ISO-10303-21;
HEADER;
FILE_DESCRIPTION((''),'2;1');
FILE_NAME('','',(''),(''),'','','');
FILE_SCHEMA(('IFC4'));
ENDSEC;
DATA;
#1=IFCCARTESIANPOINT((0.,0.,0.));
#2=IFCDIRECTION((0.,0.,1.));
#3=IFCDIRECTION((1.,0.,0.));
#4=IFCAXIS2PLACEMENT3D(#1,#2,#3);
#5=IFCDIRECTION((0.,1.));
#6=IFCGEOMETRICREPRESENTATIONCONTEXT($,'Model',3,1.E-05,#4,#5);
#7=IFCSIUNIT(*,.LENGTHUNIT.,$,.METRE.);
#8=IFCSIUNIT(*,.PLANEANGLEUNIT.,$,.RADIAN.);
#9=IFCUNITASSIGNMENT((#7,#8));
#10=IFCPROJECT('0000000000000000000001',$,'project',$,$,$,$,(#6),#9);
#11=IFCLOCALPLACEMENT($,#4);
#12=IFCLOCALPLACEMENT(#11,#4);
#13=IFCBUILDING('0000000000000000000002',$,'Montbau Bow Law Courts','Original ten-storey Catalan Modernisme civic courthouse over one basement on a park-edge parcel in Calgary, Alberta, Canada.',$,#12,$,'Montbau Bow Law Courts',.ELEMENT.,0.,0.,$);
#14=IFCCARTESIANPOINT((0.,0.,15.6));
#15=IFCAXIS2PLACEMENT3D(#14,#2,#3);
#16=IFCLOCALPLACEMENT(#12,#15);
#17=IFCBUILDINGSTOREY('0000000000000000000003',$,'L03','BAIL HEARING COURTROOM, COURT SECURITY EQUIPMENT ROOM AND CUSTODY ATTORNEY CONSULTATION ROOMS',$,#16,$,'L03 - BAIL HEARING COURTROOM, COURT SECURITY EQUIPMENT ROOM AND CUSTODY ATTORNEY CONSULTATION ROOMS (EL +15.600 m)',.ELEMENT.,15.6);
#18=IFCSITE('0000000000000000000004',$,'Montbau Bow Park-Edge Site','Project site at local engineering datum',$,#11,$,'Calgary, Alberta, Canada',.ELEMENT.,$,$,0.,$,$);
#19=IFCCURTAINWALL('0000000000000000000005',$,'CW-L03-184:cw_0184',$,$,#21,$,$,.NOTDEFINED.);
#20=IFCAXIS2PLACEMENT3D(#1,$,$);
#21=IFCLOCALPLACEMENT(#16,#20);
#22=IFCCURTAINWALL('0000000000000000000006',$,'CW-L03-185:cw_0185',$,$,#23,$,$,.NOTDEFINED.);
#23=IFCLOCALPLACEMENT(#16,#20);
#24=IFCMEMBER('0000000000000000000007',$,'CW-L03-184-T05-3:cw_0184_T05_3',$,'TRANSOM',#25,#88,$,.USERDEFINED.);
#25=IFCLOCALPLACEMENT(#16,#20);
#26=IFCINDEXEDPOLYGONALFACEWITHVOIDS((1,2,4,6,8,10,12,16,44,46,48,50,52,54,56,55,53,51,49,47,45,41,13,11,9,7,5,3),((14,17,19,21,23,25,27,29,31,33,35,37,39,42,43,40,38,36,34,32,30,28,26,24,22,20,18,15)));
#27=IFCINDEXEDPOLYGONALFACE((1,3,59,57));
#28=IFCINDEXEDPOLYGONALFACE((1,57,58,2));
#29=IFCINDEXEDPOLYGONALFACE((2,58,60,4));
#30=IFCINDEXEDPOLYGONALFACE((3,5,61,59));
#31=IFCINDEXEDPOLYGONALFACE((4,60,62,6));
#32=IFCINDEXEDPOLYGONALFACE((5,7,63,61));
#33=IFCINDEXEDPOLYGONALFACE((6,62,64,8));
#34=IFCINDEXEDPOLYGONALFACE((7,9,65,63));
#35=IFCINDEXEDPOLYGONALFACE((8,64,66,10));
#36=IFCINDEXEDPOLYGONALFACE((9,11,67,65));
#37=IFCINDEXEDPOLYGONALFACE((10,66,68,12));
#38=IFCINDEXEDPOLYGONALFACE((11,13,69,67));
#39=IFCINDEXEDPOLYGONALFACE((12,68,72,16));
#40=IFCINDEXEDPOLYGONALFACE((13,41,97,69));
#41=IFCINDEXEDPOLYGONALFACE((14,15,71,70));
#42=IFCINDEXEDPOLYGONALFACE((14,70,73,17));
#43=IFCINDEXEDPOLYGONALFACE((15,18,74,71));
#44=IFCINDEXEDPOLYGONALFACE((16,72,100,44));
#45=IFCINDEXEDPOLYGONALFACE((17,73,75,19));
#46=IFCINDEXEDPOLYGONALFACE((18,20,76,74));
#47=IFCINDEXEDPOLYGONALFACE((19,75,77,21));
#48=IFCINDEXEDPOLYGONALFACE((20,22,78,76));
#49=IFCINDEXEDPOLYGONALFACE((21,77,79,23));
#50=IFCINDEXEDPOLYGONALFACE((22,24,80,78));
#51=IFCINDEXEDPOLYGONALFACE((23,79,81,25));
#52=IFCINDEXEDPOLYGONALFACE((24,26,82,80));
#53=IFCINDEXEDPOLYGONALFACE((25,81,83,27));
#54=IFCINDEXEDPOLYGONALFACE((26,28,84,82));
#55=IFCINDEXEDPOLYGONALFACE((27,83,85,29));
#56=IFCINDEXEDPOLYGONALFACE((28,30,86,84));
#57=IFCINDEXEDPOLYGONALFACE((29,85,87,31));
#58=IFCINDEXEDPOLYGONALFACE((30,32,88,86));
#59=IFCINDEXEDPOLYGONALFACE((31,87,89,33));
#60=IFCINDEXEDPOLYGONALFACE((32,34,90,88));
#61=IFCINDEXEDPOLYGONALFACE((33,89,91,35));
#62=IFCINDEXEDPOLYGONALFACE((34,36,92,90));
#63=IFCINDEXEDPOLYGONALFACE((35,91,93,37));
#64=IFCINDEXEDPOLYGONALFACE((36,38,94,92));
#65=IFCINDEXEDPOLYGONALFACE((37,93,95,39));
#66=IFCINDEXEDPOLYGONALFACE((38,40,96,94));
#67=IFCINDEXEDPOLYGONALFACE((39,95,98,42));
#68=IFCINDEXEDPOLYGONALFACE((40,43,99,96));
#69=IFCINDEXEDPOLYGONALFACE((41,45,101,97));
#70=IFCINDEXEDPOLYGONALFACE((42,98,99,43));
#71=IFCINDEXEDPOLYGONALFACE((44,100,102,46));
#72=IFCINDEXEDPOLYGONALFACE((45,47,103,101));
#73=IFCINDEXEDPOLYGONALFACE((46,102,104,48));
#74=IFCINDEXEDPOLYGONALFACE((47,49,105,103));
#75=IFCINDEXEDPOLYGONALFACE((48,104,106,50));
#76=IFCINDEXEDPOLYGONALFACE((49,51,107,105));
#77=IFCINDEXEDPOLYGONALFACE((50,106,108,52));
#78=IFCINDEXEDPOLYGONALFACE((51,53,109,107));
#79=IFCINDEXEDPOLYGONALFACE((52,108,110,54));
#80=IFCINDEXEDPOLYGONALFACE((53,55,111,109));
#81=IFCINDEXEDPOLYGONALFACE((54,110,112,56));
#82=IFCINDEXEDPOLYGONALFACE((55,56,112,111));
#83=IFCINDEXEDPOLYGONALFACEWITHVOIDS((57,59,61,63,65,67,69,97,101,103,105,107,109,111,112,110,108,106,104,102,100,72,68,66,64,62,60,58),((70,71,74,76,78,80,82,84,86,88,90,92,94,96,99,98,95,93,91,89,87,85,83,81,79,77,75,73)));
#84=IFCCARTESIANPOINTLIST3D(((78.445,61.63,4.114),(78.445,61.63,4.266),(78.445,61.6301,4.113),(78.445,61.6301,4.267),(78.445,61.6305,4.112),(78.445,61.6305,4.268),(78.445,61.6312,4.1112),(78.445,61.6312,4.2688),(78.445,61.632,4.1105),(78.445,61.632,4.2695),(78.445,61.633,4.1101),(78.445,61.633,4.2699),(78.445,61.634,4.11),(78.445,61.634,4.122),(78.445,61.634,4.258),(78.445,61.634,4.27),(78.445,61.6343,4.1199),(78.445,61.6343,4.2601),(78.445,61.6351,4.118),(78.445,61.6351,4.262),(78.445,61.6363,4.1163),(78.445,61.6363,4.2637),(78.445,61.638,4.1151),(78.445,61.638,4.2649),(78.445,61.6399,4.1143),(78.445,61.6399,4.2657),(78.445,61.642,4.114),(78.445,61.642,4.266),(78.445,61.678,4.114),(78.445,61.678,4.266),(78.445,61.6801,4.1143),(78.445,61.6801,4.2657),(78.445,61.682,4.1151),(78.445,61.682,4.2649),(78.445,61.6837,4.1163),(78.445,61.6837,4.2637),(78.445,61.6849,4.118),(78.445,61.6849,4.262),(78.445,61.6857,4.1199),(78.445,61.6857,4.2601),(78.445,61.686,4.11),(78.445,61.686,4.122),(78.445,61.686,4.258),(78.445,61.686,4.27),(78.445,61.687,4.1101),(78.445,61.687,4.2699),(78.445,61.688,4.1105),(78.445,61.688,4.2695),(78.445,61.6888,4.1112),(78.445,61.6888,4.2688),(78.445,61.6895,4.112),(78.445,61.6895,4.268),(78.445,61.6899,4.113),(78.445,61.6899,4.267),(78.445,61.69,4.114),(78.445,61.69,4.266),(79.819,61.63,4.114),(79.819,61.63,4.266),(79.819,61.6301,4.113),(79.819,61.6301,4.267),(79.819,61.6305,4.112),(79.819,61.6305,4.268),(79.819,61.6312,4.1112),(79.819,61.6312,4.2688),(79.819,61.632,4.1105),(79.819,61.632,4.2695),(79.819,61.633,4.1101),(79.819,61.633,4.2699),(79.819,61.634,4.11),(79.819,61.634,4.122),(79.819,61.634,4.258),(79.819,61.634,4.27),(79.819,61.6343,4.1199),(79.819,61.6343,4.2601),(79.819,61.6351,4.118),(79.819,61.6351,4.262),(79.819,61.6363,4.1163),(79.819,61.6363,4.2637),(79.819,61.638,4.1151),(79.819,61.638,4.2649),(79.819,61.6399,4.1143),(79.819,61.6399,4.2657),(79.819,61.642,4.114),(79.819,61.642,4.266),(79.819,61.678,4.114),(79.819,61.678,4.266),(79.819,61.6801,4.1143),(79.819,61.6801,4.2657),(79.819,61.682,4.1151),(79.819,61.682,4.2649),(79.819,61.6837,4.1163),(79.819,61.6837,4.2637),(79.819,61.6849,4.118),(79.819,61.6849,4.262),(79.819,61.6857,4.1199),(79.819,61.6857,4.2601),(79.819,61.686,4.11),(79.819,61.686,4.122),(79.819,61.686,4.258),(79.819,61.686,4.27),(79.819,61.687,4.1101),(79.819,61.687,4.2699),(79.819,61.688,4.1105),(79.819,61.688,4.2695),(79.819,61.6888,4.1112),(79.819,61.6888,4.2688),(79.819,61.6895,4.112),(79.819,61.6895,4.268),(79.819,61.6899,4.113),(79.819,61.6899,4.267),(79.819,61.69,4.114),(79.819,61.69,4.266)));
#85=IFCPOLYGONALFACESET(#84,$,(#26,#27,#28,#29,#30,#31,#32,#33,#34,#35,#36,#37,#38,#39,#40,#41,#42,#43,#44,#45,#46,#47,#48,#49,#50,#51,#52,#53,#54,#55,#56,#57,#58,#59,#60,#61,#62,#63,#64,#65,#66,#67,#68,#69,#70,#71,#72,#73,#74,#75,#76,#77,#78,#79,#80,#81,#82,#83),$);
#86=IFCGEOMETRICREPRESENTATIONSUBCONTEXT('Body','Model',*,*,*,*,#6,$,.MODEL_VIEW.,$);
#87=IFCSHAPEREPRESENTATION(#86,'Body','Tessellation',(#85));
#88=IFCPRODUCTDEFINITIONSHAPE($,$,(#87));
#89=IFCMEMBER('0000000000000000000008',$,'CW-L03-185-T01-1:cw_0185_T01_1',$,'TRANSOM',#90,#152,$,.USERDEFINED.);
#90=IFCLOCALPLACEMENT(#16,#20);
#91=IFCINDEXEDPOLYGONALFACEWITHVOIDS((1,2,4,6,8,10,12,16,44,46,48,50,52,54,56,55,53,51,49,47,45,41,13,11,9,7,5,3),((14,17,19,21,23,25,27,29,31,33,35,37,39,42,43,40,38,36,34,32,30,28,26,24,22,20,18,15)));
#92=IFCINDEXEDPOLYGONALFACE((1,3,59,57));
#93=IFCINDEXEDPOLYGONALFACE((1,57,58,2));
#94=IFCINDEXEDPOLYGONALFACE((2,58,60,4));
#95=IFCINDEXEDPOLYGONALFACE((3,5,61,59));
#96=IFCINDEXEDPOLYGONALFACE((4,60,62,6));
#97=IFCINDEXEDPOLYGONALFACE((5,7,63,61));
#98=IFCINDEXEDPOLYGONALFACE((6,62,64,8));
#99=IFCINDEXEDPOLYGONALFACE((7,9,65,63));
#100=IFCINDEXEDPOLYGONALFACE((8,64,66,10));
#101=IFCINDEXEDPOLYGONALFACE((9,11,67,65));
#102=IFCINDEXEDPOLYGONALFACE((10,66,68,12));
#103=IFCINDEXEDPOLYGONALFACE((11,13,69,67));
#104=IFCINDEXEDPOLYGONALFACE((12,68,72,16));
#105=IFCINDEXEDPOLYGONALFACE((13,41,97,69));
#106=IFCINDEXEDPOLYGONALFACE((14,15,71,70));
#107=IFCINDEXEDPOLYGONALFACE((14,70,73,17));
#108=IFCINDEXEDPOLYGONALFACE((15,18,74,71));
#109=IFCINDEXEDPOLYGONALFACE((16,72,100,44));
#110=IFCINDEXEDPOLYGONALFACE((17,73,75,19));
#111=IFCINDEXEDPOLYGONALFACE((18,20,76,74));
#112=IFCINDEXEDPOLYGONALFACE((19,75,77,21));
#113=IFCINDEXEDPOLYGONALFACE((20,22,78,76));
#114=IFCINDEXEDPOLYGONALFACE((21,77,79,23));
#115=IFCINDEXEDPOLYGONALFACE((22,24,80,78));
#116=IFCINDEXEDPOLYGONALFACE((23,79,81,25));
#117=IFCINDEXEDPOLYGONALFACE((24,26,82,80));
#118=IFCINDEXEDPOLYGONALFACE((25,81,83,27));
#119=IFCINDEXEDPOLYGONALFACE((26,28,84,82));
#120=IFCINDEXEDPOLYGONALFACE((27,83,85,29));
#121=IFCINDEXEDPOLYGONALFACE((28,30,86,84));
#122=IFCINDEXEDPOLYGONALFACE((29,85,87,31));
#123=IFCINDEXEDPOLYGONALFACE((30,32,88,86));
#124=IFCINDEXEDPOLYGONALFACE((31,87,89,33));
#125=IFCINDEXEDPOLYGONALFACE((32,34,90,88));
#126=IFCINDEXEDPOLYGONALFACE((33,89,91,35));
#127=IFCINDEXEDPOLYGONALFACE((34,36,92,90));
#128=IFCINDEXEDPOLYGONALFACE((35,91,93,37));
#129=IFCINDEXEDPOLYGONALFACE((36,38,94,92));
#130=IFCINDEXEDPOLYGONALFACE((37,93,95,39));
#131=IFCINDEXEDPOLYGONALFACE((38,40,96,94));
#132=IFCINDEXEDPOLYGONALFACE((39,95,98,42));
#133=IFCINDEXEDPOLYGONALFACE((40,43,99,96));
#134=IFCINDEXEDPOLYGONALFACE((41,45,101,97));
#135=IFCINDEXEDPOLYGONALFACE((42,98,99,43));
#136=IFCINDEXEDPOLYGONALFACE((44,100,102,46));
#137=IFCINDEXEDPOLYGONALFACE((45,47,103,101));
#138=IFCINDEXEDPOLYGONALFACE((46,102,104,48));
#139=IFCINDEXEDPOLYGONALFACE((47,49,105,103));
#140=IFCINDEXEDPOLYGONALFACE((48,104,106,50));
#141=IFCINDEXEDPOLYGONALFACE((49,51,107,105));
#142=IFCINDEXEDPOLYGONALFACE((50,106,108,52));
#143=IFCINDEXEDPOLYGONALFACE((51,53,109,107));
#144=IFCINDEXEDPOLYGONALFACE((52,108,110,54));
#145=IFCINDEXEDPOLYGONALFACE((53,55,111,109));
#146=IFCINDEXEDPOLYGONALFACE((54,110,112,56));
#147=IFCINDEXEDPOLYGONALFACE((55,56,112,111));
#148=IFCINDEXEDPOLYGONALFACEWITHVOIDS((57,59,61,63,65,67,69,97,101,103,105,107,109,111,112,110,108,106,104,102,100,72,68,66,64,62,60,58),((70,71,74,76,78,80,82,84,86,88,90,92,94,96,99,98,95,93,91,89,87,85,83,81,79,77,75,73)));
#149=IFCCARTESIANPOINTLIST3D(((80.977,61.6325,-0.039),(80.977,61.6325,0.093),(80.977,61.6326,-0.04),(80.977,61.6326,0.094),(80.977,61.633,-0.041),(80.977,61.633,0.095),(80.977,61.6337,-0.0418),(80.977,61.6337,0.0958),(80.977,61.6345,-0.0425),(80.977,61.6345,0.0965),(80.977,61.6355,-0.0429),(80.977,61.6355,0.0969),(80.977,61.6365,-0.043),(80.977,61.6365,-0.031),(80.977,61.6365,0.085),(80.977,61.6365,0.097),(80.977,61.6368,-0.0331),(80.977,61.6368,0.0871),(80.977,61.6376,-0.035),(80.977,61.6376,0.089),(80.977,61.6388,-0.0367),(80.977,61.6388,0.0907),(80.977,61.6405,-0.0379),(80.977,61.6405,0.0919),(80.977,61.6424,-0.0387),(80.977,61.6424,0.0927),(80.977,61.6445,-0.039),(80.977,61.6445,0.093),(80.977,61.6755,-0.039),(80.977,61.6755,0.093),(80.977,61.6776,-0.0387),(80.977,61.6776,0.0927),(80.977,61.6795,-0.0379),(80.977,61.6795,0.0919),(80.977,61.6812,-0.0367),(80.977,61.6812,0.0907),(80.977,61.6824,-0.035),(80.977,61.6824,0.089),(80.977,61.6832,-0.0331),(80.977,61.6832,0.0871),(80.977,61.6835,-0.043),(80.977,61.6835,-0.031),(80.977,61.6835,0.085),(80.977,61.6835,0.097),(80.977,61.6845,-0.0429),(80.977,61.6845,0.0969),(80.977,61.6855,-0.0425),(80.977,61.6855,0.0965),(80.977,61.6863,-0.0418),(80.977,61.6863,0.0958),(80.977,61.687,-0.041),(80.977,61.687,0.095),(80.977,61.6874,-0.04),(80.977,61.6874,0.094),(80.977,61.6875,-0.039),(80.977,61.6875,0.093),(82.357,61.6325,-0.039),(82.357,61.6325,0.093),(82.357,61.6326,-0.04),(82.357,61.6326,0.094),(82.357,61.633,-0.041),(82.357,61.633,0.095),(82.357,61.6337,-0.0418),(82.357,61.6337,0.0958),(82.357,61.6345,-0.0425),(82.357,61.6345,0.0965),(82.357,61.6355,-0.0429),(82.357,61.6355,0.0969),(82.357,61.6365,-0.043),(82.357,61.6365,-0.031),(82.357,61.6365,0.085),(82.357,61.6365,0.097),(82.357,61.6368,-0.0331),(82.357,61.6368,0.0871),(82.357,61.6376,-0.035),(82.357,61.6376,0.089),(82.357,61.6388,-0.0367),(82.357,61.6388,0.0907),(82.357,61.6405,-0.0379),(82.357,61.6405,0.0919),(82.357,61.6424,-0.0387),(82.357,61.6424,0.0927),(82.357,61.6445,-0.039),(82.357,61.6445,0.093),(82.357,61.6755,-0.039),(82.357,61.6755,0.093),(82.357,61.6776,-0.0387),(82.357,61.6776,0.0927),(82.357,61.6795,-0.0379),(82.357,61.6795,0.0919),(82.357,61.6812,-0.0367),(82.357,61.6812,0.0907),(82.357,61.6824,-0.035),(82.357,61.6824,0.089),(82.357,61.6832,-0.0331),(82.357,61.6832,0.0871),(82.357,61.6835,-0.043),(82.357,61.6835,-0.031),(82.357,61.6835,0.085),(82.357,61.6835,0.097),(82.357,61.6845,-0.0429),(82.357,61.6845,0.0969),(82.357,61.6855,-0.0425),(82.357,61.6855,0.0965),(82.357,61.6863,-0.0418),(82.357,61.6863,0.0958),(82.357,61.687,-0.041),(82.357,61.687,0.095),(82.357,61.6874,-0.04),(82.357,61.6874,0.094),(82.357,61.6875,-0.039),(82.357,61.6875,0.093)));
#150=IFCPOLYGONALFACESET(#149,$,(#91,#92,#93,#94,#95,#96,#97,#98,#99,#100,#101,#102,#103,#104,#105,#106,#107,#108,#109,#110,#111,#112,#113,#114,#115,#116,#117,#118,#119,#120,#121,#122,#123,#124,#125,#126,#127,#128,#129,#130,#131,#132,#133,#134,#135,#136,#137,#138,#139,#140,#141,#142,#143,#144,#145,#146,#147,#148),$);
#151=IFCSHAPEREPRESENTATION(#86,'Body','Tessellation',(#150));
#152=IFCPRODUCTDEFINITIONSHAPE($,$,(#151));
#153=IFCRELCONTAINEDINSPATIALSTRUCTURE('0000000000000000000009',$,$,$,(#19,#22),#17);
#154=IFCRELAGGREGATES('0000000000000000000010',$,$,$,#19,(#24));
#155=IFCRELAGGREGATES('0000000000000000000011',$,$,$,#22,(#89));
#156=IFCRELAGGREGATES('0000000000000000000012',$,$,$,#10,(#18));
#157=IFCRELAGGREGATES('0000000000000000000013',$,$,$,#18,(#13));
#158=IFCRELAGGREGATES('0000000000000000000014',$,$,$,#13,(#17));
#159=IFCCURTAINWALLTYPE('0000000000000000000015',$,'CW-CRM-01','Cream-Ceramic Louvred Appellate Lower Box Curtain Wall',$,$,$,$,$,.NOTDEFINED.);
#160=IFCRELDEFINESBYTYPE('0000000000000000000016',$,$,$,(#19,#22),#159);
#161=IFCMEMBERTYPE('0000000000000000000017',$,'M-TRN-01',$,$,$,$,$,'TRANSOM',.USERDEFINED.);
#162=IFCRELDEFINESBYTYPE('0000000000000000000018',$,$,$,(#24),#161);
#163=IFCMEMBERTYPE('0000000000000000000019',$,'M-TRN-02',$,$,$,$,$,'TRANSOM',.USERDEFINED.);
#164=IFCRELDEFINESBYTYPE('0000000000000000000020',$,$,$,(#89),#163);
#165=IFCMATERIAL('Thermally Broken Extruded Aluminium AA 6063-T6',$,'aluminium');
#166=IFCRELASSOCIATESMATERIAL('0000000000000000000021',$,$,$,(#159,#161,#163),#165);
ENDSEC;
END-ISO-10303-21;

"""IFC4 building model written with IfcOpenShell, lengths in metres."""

from ifc_helpers import new_model, si_unit, direction, frame, origin_with_axes, origin_2d_with_axis, place, context, subcontext, project, spatial, hollow_rectangle, extrude, material, material_profile, profile_set, type_object, element, aggregate, save


model = new_model("IFC4")

# Units and contexts
model_context = context("Model", 3, precision=1e-05, world=origin_with_axes(), true_north=direction((0.0, 1.0)))
body_context = subcontext(model_context, "Body", "Model", "MODEL_VIEW")
ifc_project = project(units=[si_unit("LENGTHUNIT", "METRE"), si_unit("PLANEANGLEUNIT", "RADIAN")], contexts=[model_context])

# Site, building, storey
site_placement = place(None, origin_with_axes())
site = spatial("IfcSite", under=ifc_project, at=site_placement, Name="Montbau Bow Park-Edge Site", Description="Project site at local engineering datum", LongName="Calgary, Alberta, Canada", CompositionType="ELEMENT", RefElevation=0.0)
building_placement = place(site_placement, origin_with_axes())
building = spatial("IfcBuilding", under=site, at=building_placement, Name="Montbau Bow Law Courts", Description="Original ten-storey Catalan Modernisme civic courthouse over one basement on a park-edge parcel in Calgary, Alberta, Canada.", LongName="Montbau Bow Law Courts", CompositionType="ELEMENT", ElevationOfRefHeight=0.0, ElevationOfTerrain=0.0)
storey_placement = place(building_placement, frame((0.0, 0.0, 15.6), z_axis=(0.0, 0.0, 1.0), x_axis=(1.0, 0.0, 0.0)))
storey = spatial("IfcBuildingStorey", under=building, at=storey_placement, Name="L03", Description="BAIL HEARING COURTROOM, COURT SECURITY EQUIPMENT ROOM AND CUSTODY ATTORNEY CONSULTATION ROOMS", LongName="L03 - BAIL HEARING COURTROOM, COURT SECURITY EQUIPMENT ROOM AND CUSTODY ATTORNEY CONSULTATION ROOMS (EL +15.600 m)", CompositionType="ELEMENT", Elevation=15.6)

# Curtain wall
ifc_material_1 = material(Name="Thermally Broken Extruded Aluminium AA 6063-T6", Category="aluminium")
curtain_wall_type = type_object("IfcCurtainWallType", Name="CW-CRM-01", Description="Cream-Ceramic Louvred Appellate Lower Box Curtain Wall", PredefinedType="NOTDEFINED", material=ifc_material_1)
curtain_wall_1_placement = place(None, frame((72.515, 61.66, 15.6), z_axis=(0.0, 0.0, 1.0), x_axis=(1.0, 0.0, 0.0)))
curtain_wall_1 = element("IfcCurtainWall", 1, at=curtain_wall_1_placement, inside=storey, type_object=curtain_wall_type, Name="CW-L03-184:cw_0184", PredefinedType="NOTDEFINED")

# Curtain wall
curtain_wall_2_placement = place(None, frame((80.915, 61.66, 15.6), z_axis=(0.0, 0.0, 1.0), x_axis=(1.0, 0.0, 0.0)))
curtain_wall_2 = element("IfcCurtainWall", 2, at=curtain_wall_2_placement, inside=storey, type_object=curtain_wall_type, Name="CW-L03-185:cw_0185", PredefinedType="NOTDEFINED")

# Members
ifc_material_profile_1 = material_profile(ifc_material_1, hollow_rectangle(XDim=0.06, YDim=0.16, WallThickness=0.004, InnerFilletRadius=0.008, OuterFilletRadius=0.004, at=origin_2d_with_axis()), Name="CWT-160X60", Category="Main", Priority=0)
ifc_profile_set_1 = profile_set([ifc_material_profile_1], Name="Thermally Broken Extruded Aluminium AA 6063-T6")
member_type_1 = type_object("IfcMemberType", Name="M-TRN-01", ElementType="TRANSOM", PredefinedType="USERDEFINED", material=ifc_profile_set_1)
member_1_placement = place(None, frame((78.445, 61.66, 19.79), z_axis=(1.0, 0.0, 0.0), x_axis=(0.0, 1.0, 0.0)))
member_1 = element("IfcMember", 3, at=member_1_placement, type_object=member_type_1, Name="CW-L03-184-T05-3:cw_0184_T05_3", ObjectType="TRANSOM", PredefinedType="USERDEFINED", context=body_context, shape_type="SweptSolid", body=[
    extrude(hollow_rectangle(XDim=0.06, YDim=0.16, WallThickness=0.004, InnerFilletRadius=0.008, OuterFilletRadius=0.004, at=origin_2d_with_axis()), origin_with_axes(), (0.0, 0.0, 1.0), 1.374),
])
ifc_material_profile_2 = material_profile(ifc_material_1, hollow_rectangle(XDim=0.055, YDim=0.14, WallThickness=0.004, InnerFilletRadius=0.008, OuterFilletRadius=0.004, at=origin_2d_with_axis()), Name="CWT-140X55", Category="Main", Priority=0)
ifc_profile_set_2 = profile_set([ifc_material_profile_2], Name="Thermally Broken Extruded Aluminium AA 6063-T6")
member_type_2 = type_object("IfcMemberType", Name="M-TRN-02", ElementType="TRANSOM", PredefinedType="USERDEFINED", material=ifc_profile_set_2)
member_2_placement = place(None, frame((80.977, 61.66, 15.627), z_axis=(1.0, 0.0, 0.0), x_axis=(0.0, 1.0, 0.0)))
member_2 = element("IfcMember", 4, at=member_2_placement, type_object=member_type_2, Name="CW-L03-185-T01-1:cw_0185_T01_1", ObjectType="TRANSOM", PredefinedType="USERDEFINED", context=body_context, shape_type="SweptSolid", body=[
    extrude(hollow_rectangle(XDim=0.055, YDim=0.14, WallThickness=0.004, InnerFilletRadius=0.008, OuterFilletRadius=0.004, at=origin_2d_with_axis()), origin_with_axes(), (0.0, 0.0, 1.0), 1.38),
])

aggregate(curtain_wall_1, [member_1])
aggregate(curtain_wall_2, [member_2])

save(model, "model.ifc")
